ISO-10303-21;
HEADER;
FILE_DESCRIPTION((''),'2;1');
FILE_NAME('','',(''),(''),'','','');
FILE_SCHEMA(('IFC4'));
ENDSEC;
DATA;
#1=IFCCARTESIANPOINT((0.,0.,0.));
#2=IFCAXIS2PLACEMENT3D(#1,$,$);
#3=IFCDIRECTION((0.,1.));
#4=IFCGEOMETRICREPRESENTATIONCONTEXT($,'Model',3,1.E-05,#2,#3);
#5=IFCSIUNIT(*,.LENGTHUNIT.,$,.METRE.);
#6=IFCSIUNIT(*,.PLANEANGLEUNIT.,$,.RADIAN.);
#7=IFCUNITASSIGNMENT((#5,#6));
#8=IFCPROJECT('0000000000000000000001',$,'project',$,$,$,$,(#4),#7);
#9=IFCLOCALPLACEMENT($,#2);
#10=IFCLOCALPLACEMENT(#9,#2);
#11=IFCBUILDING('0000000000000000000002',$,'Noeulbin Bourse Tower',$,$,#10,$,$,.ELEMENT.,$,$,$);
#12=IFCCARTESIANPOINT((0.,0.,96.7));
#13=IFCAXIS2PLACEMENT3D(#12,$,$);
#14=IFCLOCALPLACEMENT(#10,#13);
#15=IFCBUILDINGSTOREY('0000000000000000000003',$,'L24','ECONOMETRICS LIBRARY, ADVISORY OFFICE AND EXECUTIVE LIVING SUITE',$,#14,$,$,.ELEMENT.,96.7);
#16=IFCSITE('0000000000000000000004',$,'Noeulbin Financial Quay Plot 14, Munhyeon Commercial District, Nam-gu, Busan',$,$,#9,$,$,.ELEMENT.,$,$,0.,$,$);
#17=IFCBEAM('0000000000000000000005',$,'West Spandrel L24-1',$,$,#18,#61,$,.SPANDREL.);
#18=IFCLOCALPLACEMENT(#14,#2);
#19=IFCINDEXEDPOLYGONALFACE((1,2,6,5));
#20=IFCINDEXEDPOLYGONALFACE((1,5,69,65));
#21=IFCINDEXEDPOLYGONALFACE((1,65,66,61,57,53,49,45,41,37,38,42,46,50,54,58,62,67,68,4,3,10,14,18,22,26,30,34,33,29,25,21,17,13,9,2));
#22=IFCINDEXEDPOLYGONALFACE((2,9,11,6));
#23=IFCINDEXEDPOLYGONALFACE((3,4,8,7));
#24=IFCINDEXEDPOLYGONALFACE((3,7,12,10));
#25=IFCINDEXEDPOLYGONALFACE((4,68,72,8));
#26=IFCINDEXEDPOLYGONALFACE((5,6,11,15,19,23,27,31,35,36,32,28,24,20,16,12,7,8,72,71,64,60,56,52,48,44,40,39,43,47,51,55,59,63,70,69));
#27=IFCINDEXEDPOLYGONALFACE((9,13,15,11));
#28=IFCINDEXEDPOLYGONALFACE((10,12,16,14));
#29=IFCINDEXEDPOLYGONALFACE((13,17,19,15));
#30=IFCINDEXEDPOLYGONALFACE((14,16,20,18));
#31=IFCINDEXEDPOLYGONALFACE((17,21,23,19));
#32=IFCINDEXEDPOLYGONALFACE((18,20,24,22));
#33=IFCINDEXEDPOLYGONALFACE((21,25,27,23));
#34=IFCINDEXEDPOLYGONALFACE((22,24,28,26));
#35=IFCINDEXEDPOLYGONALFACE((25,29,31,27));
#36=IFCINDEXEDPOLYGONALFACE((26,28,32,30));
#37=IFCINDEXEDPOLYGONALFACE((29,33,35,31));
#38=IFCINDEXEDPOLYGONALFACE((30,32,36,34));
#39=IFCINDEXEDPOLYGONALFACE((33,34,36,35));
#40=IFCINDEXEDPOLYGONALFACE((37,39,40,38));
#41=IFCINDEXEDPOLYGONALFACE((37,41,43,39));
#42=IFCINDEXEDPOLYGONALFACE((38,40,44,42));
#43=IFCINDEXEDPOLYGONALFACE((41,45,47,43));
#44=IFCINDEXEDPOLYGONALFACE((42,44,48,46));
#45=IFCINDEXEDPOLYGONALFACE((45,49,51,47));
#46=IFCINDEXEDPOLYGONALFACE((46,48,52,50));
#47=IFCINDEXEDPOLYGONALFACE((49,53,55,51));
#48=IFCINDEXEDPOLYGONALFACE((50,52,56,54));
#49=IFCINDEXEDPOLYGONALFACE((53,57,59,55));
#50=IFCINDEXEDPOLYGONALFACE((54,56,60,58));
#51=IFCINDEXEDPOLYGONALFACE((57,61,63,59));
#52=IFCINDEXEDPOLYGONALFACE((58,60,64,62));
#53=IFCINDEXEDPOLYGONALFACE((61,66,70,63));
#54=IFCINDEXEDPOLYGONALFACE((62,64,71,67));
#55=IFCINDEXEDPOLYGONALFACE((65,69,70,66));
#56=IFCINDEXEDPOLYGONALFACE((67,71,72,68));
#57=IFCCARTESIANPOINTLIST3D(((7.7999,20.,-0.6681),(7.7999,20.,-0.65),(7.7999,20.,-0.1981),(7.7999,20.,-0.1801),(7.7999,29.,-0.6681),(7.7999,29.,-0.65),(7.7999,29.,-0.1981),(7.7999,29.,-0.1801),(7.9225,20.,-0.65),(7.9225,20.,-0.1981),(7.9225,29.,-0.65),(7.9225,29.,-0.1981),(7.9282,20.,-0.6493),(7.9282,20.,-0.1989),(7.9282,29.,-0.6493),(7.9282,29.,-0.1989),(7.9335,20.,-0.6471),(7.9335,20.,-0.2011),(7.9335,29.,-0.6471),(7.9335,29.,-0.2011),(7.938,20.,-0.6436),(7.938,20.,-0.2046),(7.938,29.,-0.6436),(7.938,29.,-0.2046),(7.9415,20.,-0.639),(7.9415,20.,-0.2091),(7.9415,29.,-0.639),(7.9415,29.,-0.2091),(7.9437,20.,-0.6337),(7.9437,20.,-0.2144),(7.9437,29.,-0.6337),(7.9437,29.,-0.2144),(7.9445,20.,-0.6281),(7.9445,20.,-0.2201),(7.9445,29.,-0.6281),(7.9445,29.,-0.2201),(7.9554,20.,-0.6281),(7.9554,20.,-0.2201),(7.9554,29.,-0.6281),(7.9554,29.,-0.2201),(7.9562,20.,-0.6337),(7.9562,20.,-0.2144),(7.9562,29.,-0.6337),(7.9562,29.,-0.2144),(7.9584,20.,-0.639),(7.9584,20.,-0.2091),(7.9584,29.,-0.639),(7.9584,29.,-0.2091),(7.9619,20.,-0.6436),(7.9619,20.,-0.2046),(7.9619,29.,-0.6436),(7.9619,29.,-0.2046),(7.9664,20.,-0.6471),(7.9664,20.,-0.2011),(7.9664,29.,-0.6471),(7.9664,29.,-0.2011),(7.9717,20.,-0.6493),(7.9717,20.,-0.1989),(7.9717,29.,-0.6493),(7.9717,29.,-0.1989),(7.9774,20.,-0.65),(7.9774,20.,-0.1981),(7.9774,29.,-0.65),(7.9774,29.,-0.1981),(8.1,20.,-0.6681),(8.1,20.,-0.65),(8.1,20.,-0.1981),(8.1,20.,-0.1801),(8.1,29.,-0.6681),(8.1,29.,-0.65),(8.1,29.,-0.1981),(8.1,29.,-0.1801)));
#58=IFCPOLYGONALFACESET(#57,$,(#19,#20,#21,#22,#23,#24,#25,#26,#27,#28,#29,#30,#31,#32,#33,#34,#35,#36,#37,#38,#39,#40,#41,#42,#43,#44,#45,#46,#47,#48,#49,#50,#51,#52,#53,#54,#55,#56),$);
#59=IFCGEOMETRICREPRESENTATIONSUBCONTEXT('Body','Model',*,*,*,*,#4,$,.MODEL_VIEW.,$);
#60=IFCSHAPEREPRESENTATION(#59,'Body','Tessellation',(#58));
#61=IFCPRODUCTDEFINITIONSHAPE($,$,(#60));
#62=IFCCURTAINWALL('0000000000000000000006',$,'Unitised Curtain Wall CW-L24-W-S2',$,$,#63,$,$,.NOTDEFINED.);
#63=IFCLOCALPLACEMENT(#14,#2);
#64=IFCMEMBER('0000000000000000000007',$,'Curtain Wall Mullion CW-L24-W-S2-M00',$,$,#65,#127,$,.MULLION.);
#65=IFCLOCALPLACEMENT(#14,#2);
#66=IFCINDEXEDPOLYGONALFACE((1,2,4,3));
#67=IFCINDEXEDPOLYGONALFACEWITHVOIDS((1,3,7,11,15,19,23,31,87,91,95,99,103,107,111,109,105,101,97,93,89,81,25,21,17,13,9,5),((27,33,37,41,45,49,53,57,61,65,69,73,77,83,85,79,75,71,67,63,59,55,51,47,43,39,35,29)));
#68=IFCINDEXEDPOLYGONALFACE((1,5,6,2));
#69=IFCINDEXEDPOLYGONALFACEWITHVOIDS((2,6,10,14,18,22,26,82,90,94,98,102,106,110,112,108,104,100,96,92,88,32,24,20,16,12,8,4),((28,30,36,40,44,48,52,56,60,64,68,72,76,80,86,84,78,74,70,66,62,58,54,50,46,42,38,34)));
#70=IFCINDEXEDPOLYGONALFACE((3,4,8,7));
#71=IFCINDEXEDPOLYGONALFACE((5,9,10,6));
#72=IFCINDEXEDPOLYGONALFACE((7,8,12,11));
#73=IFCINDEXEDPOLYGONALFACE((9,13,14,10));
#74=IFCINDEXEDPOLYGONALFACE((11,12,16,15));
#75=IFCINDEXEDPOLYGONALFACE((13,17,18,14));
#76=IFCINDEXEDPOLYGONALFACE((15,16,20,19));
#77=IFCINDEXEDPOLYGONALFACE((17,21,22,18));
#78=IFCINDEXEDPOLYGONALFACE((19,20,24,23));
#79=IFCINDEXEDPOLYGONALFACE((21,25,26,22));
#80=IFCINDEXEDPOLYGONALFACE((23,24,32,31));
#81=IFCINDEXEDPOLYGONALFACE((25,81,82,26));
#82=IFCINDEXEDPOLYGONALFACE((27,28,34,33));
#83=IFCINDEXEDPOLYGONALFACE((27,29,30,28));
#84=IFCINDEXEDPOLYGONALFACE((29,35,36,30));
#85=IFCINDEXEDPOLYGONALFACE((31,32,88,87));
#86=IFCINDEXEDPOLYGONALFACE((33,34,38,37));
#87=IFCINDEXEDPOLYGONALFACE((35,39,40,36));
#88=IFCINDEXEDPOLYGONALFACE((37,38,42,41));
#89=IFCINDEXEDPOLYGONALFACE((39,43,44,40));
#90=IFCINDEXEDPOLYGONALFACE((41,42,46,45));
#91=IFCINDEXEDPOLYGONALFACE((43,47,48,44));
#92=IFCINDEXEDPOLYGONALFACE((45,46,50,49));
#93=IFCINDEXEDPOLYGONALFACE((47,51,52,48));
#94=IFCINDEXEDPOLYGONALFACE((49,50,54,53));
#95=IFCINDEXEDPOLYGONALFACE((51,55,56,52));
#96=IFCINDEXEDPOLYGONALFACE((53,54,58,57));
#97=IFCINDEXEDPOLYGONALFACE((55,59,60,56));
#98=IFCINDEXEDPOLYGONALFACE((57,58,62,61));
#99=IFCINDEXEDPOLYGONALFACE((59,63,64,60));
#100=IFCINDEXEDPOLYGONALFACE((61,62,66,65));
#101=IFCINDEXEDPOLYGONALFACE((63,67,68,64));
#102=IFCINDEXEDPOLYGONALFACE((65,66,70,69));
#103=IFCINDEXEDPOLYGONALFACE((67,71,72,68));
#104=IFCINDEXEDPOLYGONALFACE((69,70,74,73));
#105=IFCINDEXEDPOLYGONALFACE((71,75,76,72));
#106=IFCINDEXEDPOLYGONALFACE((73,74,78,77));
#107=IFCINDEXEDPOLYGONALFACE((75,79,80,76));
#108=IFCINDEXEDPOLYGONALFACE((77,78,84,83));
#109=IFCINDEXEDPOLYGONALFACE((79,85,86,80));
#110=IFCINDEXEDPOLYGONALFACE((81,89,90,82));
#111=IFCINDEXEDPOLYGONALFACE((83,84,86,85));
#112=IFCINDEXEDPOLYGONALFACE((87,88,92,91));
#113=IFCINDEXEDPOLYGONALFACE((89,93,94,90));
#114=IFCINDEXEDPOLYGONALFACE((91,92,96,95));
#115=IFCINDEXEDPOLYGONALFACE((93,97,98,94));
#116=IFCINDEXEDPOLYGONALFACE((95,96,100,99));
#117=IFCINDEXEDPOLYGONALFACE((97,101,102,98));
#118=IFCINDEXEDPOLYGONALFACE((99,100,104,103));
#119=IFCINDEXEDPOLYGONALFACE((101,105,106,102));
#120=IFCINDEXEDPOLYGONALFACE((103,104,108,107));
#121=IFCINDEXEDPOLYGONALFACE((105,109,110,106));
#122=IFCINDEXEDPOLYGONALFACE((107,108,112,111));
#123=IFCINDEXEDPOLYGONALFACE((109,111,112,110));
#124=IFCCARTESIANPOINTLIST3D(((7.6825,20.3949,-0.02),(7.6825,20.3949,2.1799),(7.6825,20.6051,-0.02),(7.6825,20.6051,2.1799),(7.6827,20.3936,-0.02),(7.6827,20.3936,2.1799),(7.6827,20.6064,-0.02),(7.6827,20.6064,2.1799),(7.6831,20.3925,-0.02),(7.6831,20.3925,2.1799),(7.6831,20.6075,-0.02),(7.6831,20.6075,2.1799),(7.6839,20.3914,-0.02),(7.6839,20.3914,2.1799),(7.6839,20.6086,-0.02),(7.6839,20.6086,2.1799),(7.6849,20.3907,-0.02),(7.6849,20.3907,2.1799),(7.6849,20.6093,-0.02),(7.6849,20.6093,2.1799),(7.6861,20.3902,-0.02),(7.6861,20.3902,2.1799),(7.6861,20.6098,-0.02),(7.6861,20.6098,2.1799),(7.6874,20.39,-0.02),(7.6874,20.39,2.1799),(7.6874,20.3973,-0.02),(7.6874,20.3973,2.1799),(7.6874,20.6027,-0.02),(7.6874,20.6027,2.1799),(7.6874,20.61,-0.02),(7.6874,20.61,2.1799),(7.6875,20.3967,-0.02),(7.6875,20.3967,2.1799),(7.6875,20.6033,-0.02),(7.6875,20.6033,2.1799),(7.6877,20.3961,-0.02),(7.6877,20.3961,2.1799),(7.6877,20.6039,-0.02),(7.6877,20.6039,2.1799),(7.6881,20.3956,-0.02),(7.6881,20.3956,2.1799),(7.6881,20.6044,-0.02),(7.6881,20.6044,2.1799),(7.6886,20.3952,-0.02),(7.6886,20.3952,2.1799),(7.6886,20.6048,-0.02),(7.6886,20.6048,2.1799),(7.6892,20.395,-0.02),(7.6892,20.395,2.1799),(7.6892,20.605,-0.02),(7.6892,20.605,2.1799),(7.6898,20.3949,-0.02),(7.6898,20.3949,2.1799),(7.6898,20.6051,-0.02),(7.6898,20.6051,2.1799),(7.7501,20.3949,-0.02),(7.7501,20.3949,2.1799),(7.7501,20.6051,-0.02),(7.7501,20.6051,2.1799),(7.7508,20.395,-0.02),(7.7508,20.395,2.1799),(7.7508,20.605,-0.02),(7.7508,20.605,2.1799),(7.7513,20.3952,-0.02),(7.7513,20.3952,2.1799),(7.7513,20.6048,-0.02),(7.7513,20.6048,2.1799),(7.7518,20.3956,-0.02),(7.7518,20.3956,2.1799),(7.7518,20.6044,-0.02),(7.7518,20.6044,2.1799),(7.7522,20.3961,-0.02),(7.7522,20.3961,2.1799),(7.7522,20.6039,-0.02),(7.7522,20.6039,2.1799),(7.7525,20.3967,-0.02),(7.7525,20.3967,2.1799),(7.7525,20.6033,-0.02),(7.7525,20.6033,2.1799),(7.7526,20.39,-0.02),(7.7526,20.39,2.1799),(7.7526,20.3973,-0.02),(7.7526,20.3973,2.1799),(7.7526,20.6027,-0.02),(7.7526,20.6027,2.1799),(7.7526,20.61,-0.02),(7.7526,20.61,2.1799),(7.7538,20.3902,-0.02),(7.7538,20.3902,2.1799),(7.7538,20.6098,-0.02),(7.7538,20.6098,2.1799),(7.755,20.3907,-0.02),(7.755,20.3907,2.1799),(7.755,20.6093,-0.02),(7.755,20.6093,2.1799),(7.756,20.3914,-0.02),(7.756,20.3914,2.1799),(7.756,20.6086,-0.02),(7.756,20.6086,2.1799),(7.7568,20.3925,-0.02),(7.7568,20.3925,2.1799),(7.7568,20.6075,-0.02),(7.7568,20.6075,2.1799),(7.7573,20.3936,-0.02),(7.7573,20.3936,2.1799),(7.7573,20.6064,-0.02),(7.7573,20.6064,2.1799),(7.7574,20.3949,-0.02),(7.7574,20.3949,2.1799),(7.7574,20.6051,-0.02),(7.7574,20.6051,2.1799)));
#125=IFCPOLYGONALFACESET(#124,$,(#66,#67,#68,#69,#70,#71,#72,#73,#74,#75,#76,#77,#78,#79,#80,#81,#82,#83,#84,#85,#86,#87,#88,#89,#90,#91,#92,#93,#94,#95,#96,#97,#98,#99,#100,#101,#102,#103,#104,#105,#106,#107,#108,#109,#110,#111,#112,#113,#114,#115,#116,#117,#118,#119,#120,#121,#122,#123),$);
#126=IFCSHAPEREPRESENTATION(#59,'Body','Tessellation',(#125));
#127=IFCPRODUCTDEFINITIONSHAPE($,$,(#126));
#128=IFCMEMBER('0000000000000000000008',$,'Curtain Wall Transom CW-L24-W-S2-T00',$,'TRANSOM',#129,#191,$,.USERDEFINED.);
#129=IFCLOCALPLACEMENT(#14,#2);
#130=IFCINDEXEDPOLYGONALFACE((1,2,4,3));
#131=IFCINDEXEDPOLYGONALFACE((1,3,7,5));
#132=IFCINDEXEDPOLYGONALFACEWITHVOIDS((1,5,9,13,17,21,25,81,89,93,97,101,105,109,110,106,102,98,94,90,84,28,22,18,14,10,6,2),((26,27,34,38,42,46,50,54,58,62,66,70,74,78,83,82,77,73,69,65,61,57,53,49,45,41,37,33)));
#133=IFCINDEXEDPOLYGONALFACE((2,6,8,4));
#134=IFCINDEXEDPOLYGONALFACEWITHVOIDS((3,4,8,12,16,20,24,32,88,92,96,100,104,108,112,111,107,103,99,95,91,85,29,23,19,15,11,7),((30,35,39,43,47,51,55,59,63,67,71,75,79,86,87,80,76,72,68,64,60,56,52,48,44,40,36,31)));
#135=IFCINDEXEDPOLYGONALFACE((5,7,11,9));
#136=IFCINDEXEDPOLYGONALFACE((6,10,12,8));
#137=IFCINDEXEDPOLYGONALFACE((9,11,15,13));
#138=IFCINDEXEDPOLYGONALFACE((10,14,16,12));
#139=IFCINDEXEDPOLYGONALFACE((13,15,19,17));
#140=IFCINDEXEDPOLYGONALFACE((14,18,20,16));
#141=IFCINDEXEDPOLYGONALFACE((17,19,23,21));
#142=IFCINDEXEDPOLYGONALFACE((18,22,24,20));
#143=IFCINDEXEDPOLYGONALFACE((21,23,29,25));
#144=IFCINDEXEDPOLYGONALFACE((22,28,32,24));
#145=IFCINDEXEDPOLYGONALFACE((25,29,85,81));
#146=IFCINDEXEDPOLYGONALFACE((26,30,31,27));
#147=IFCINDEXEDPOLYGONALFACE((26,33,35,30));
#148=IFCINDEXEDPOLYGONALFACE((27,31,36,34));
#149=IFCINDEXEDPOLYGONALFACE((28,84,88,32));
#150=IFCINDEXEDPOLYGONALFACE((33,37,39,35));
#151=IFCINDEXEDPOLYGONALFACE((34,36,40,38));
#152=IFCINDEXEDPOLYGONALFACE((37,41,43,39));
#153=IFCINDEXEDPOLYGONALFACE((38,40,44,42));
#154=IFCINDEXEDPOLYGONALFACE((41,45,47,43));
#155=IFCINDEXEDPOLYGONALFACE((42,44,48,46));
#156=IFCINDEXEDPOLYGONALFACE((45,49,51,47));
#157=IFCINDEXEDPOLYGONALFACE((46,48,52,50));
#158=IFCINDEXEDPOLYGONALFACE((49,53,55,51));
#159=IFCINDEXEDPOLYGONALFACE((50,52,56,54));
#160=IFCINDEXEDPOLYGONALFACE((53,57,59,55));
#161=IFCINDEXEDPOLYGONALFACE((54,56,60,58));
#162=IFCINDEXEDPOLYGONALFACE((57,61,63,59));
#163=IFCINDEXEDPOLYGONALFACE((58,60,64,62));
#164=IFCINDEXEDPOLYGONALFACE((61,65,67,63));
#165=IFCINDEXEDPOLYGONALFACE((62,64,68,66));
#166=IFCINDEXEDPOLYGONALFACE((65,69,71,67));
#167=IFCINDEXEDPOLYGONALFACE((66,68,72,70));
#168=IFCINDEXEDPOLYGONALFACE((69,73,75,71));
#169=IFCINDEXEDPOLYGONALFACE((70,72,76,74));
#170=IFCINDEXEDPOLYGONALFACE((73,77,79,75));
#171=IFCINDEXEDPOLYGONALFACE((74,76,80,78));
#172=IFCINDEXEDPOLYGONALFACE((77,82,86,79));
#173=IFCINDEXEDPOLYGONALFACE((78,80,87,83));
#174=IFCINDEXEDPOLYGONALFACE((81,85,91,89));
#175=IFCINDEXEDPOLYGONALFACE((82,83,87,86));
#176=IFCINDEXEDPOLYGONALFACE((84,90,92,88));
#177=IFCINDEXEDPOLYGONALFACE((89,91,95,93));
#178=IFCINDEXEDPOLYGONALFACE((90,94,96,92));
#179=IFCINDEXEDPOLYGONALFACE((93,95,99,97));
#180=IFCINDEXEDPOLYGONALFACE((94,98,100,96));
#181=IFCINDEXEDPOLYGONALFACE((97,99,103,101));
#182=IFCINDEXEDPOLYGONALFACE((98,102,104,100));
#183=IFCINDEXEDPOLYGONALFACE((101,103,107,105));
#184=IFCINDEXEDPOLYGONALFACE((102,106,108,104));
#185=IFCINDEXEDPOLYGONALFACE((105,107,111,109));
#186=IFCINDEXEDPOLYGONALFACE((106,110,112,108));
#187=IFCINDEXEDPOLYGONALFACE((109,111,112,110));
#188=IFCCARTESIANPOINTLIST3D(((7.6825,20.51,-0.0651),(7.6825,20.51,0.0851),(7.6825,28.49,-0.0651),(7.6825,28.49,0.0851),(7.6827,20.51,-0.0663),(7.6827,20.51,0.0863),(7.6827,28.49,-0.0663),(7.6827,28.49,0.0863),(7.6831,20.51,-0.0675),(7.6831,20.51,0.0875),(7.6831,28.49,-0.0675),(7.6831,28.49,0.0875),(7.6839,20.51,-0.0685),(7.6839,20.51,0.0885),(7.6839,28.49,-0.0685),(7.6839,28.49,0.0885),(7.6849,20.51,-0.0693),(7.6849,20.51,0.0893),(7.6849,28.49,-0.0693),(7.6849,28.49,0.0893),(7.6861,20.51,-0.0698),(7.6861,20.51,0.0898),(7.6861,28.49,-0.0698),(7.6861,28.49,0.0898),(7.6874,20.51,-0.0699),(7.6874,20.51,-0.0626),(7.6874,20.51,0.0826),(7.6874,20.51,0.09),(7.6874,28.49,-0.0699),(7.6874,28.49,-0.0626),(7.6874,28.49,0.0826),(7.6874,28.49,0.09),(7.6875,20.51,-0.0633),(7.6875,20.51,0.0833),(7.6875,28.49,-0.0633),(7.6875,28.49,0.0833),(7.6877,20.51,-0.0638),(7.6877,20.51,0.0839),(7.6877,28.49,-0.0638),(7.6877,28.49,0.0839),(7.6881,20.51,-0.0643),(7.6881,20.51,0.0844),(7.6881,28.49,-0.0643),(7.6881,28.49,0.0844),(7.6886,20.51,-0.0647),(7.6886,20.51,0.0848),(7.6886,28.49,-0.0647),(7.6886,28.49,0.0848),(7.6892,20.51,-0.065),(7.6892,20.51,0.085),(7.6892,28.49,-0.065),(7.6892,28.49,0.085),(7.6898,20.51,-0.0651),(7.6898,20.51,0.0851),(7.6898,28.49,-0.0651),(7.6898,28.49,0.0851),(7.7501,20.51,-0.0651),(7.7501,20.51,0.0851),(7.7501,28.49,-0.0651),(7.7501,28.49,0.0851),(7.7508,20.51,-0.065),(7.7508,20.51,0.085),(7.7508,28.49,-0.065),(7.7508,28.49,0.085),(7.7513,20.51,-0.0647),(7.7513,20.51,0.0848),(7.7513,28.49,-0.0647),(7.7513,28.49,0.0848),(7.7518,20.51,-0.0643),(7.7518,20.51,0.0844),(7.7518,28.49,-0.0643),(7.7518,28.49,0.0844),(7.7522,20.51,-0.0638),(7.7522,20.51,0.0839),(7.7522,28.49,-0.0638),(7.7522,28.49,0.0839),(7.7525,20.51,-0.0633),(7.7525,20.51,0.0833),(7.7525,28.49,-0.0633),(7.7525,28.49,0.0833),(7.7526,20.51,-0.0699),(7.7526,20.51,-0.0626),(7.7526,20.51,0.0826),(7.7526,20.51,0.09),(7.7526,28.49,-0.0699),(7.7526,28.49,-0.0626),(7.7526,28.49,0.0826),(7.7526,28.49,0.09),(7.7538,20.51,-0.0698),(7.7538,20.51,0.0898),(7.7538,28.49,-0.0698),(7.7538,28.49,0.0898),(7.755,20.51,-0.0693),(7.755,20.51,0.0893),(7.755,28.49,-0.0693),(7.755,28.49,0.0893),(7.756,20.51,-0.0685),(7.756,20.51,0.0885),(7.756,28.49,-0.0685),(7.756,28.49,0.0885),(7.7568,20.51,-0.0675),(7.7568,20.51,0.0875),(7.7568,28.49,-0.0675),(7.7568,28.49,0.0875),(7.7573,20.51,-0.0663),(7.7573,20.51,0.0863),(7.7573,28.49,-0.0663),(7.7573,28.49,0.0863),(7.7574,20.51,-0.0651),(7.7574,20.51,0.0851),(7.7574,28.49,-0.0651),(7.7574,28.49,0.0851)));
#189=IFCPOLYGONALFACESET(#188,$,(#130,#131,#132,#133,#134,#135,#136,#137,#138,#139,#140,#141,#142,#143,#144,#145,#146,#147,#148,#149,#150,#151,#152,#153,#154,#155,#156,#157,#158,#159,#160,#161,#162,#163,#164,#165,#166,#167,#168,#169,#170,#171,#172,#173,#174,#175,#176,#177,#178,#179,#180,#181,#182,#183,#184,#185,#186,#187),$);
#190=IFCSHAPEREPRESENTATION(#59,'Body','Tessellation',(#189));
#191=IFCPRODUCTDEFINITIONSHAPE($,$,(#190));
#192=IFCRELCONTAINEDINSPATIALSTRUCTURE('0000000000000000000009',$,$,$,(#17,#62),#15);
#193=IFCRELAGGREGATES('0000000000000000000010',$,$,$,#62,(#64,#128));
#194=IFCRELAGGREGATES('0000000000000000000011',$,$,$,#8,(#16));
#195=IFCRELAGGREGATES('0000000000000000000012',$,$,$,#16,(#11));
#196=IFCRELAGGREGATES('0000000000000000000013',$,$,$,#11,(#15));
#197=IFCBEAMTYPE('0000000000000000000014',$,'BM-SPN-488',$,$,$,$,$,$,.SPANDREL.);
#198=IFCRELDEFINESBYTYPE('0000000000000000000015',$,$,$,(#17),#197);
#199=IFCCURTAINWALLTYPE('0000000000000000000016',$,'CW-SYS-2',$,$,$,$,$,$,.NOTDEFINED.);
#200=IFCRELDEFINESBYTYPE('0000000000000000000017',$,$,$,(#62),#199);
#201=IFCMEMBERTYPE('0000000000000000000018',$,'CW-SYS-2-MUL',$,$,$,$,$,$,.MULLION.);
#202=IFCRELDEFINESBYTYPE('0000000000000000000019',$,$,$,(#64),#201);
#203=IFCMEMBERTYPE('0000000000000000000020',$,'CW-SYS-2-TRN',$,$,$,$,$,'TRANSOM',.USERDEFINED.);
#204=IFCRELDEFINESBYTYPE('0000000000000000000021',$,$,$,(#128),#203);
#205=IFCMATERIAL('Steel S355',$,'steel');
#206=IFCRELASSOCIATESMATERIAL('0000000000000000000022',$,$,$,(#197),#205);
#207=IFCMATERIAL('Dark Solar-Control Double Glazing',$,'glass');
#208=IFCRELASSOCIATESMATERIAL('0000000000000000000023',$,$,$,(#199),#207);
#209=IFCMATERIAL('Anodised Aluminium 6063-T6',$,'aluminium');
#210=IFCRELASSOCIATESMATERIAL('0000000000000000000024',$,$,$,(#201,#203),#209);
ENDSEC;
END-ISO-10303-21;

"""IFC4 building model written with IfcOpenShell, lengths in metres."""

from ifc_helpers import new_model, si_unit, direction, frame, origin, origin_2d, place, context, subcontext, project, spatial, hollow_rectangle, i_section, extrude, material, material_profile, profile_set, type_object, element, aggregate, save


model = new_model("IFC4")

# Units and contexts
model_context = context("Model", 3, precision=1e-05, world=origin(), true_north=direction((0.0, 1.0)))
body_context = subcontext(model_context, "Body", "Model", "MODEL_VIEW")
ifc_project = project(units=[si_unit("LENGTHUNIT", "METRE"), si_unit("PLANEANGLEUNIT", "RADIAN")], contexts=[model_context])

# Site, building, storey
site_placement = place(None, origin())
site = spatial("IfcSite", under=ifc_project, at=site_placement, Name="Noeulbin Financial Quay Plot 14, Munhyeon Commercial District, Nam-gu, Busan", CompositionType="ELEMENT", RefElevation=0.0)
building_placement = place(site_placement, origin())
building = spatial("IfcBuilding", under=site, at=building_placement, Name="Noeulbin Bourse Tower", CompositionType="ELEMENT")
storey_placement = place(building_placement, frame((0.0, 0.0, 96.7)))
storey = spatial("IfcBuildingStorey", under=building, at=storey_placement, Name="L24", Description="ECONOMETRICS LIBRARY, ADVISORY OFFICE AND EXECUTIVE LIVING SUITE", CompositionType="ELEMENT", Elevation=96.7)

# Beam
ifc_material_1 = material(Name="Steel S355", Category="steel")
ifc_material_profile_1 = material_profile(ifc_material_1, i_section(OverallWidth=0.3, OverallDepth=0.488, WebThickness=0.011, FlangeThickness=0.0181, FilletRadius=0.022, at=origin_2d()), Name="H-488x300x11x18", Category="LoadBearing")
ifc_profile_set_1 = profile_set([ifc_material_profile_1], Name="Steel S355")
beam_type_1 = type_object("IfcBeamType", Name="BM-SPN-488", PredefinedType="SPANDREL", material=ifc_profile_set_1)
beam_1_placement = place(storey_placement, frame((7.95, 20.0, -0.4241), z_axis=(0.0, 1.0, 0.0), x_axis=(-1.0, 0.0, 0.0)))
element("IfcBeam", 1, at=beam_1_placement, inside=storey, type_object=beam_type_1, Name="West Spandrel L24-1", PredefinedType="SPANDREL", context=body_context, shape_type="SweptSolid", body=[
    extrude(i_section(OverallWidth=0.3, OverallDepth=0.488, WebThickness=0.011, FlangeThickness=0.0181, FilletRadius=0.022, at=origin_2d()), origin(), (0.0, 0.0, 1.0), 9.0),
])

# Curtain wall, members
ifc_material_2 = material(Name="Dark Solar-Control Double Glazing", Category="glass")
curtain_wall_type = type_object("IfcCurtainWallType", Name="CW-SYS-2", PredefinedType="NOTDEFINED", material=ifc_material_2)
curtain_wall_placement = place(storey_placement, origin())
curtain_wall = element("IfcCurtainWall", 2, at=curtain_wall_placement, inside=storey, type_object=curtain_wall_type, Name="Unitised Curtain Wall CW-L24-W-S2", PredefinedType="NOTDEFINED")
ifc_material_3 = material(Name="Anodised Aluminium 6063-T6", Category="aluminium")
ifc_material_profile_2 = material_profile(ifc_material_3, hollow_rectangle(XDim=0.075, YDim=0.22, WallThickness=0.0049, InnerFilletRadius=0.0024, OuterFilletRadius=0.0049, at=origin_2d()), Name="ALU-MULL-75x220x5", Category="LoadBearing")
ifc_profile_set_2 = profile_set([ifc_material_profile_2], Name="Anodised Aluminium 6063-T6")
member_type_1 = type_object("IfcMemberType", Name="CW-SYS-2-MUL", PredefinedType="MULLION", material=ifc_profile_set_2)
member_1_placement = place(storey_placement, frame((7.72, 20.5, -0.02), z_axis=(0.0, 0.0, 1.0), x_axis=(1.0, 0.0, 0.0)))
member_1 = element("IfcMember", 3, at=member_1_placement, type_object=member_type_1, Name="Curtain Wall Mullion CW-L24-W-S2-M00", PredefinedType="MULLION", context=body_context, shape_type="SweptSolid", body=[
    extrude(hollow_rectangle(XDim=0.075, YDim=0.22, WallThickness=0.0049, InnerFilletRadius=0.0024, OuterFilletRadius=0.0049, at=origin_2d()), origin(), (0.0, 0.0, 1.0), 2.2),
])
ifc_material_profile_3 = material_profile(ifc_material_3, hollow_rectangle(XDim=0.075, YDim=0.1599, WallThickness=0.0049, InnerFilletRadius=0.0024, OuterFilletRadius=0.0049, at=origin_2d()), Name="ALU-TRAN-75x160x5", Category="LoadBearing")
ifc_profile_set_3 = profile_set([ifc_material_profile_3], Name="Anodised Aluminium 6063-T6")
member_type_2 = type_object("IfcMemberType", Name="CW-SYS-2-TRN", ElementType="TRANSOM", PredefinedType="USERDEFINED", material=ifc_profile_set_3)
member_2_placement = place(storey_placement, frame((7.72, 20.51, 0.01), z_axis=(0.0, 1.0, 0.0), x_axis=(-1.0, 0.0, 0.0)))
member_2 = element("IfcMember", 4, at=member_2_placement, type_object=member_type_2, Name="Curtain Wall Transom CW-L24-W-S2-T00", ObjectType="TRANSOM", PredefinedType="USERDEFINED", context=body_context, shape_type="SweptSolid", body=[
    extrude(hollow_rectangle(XDim=0.075, YDim=0.1599, WallThickness=0.0049, InnerFilletRadius=0.0024, OuterFilletRadius=0.0049, at=origin_2d()), origin(), (0.0, 0.0, 1.0), 7.98),
])
aggregate(curtain_wall, [member_1, member_2])

save(model, "model.ifc")
